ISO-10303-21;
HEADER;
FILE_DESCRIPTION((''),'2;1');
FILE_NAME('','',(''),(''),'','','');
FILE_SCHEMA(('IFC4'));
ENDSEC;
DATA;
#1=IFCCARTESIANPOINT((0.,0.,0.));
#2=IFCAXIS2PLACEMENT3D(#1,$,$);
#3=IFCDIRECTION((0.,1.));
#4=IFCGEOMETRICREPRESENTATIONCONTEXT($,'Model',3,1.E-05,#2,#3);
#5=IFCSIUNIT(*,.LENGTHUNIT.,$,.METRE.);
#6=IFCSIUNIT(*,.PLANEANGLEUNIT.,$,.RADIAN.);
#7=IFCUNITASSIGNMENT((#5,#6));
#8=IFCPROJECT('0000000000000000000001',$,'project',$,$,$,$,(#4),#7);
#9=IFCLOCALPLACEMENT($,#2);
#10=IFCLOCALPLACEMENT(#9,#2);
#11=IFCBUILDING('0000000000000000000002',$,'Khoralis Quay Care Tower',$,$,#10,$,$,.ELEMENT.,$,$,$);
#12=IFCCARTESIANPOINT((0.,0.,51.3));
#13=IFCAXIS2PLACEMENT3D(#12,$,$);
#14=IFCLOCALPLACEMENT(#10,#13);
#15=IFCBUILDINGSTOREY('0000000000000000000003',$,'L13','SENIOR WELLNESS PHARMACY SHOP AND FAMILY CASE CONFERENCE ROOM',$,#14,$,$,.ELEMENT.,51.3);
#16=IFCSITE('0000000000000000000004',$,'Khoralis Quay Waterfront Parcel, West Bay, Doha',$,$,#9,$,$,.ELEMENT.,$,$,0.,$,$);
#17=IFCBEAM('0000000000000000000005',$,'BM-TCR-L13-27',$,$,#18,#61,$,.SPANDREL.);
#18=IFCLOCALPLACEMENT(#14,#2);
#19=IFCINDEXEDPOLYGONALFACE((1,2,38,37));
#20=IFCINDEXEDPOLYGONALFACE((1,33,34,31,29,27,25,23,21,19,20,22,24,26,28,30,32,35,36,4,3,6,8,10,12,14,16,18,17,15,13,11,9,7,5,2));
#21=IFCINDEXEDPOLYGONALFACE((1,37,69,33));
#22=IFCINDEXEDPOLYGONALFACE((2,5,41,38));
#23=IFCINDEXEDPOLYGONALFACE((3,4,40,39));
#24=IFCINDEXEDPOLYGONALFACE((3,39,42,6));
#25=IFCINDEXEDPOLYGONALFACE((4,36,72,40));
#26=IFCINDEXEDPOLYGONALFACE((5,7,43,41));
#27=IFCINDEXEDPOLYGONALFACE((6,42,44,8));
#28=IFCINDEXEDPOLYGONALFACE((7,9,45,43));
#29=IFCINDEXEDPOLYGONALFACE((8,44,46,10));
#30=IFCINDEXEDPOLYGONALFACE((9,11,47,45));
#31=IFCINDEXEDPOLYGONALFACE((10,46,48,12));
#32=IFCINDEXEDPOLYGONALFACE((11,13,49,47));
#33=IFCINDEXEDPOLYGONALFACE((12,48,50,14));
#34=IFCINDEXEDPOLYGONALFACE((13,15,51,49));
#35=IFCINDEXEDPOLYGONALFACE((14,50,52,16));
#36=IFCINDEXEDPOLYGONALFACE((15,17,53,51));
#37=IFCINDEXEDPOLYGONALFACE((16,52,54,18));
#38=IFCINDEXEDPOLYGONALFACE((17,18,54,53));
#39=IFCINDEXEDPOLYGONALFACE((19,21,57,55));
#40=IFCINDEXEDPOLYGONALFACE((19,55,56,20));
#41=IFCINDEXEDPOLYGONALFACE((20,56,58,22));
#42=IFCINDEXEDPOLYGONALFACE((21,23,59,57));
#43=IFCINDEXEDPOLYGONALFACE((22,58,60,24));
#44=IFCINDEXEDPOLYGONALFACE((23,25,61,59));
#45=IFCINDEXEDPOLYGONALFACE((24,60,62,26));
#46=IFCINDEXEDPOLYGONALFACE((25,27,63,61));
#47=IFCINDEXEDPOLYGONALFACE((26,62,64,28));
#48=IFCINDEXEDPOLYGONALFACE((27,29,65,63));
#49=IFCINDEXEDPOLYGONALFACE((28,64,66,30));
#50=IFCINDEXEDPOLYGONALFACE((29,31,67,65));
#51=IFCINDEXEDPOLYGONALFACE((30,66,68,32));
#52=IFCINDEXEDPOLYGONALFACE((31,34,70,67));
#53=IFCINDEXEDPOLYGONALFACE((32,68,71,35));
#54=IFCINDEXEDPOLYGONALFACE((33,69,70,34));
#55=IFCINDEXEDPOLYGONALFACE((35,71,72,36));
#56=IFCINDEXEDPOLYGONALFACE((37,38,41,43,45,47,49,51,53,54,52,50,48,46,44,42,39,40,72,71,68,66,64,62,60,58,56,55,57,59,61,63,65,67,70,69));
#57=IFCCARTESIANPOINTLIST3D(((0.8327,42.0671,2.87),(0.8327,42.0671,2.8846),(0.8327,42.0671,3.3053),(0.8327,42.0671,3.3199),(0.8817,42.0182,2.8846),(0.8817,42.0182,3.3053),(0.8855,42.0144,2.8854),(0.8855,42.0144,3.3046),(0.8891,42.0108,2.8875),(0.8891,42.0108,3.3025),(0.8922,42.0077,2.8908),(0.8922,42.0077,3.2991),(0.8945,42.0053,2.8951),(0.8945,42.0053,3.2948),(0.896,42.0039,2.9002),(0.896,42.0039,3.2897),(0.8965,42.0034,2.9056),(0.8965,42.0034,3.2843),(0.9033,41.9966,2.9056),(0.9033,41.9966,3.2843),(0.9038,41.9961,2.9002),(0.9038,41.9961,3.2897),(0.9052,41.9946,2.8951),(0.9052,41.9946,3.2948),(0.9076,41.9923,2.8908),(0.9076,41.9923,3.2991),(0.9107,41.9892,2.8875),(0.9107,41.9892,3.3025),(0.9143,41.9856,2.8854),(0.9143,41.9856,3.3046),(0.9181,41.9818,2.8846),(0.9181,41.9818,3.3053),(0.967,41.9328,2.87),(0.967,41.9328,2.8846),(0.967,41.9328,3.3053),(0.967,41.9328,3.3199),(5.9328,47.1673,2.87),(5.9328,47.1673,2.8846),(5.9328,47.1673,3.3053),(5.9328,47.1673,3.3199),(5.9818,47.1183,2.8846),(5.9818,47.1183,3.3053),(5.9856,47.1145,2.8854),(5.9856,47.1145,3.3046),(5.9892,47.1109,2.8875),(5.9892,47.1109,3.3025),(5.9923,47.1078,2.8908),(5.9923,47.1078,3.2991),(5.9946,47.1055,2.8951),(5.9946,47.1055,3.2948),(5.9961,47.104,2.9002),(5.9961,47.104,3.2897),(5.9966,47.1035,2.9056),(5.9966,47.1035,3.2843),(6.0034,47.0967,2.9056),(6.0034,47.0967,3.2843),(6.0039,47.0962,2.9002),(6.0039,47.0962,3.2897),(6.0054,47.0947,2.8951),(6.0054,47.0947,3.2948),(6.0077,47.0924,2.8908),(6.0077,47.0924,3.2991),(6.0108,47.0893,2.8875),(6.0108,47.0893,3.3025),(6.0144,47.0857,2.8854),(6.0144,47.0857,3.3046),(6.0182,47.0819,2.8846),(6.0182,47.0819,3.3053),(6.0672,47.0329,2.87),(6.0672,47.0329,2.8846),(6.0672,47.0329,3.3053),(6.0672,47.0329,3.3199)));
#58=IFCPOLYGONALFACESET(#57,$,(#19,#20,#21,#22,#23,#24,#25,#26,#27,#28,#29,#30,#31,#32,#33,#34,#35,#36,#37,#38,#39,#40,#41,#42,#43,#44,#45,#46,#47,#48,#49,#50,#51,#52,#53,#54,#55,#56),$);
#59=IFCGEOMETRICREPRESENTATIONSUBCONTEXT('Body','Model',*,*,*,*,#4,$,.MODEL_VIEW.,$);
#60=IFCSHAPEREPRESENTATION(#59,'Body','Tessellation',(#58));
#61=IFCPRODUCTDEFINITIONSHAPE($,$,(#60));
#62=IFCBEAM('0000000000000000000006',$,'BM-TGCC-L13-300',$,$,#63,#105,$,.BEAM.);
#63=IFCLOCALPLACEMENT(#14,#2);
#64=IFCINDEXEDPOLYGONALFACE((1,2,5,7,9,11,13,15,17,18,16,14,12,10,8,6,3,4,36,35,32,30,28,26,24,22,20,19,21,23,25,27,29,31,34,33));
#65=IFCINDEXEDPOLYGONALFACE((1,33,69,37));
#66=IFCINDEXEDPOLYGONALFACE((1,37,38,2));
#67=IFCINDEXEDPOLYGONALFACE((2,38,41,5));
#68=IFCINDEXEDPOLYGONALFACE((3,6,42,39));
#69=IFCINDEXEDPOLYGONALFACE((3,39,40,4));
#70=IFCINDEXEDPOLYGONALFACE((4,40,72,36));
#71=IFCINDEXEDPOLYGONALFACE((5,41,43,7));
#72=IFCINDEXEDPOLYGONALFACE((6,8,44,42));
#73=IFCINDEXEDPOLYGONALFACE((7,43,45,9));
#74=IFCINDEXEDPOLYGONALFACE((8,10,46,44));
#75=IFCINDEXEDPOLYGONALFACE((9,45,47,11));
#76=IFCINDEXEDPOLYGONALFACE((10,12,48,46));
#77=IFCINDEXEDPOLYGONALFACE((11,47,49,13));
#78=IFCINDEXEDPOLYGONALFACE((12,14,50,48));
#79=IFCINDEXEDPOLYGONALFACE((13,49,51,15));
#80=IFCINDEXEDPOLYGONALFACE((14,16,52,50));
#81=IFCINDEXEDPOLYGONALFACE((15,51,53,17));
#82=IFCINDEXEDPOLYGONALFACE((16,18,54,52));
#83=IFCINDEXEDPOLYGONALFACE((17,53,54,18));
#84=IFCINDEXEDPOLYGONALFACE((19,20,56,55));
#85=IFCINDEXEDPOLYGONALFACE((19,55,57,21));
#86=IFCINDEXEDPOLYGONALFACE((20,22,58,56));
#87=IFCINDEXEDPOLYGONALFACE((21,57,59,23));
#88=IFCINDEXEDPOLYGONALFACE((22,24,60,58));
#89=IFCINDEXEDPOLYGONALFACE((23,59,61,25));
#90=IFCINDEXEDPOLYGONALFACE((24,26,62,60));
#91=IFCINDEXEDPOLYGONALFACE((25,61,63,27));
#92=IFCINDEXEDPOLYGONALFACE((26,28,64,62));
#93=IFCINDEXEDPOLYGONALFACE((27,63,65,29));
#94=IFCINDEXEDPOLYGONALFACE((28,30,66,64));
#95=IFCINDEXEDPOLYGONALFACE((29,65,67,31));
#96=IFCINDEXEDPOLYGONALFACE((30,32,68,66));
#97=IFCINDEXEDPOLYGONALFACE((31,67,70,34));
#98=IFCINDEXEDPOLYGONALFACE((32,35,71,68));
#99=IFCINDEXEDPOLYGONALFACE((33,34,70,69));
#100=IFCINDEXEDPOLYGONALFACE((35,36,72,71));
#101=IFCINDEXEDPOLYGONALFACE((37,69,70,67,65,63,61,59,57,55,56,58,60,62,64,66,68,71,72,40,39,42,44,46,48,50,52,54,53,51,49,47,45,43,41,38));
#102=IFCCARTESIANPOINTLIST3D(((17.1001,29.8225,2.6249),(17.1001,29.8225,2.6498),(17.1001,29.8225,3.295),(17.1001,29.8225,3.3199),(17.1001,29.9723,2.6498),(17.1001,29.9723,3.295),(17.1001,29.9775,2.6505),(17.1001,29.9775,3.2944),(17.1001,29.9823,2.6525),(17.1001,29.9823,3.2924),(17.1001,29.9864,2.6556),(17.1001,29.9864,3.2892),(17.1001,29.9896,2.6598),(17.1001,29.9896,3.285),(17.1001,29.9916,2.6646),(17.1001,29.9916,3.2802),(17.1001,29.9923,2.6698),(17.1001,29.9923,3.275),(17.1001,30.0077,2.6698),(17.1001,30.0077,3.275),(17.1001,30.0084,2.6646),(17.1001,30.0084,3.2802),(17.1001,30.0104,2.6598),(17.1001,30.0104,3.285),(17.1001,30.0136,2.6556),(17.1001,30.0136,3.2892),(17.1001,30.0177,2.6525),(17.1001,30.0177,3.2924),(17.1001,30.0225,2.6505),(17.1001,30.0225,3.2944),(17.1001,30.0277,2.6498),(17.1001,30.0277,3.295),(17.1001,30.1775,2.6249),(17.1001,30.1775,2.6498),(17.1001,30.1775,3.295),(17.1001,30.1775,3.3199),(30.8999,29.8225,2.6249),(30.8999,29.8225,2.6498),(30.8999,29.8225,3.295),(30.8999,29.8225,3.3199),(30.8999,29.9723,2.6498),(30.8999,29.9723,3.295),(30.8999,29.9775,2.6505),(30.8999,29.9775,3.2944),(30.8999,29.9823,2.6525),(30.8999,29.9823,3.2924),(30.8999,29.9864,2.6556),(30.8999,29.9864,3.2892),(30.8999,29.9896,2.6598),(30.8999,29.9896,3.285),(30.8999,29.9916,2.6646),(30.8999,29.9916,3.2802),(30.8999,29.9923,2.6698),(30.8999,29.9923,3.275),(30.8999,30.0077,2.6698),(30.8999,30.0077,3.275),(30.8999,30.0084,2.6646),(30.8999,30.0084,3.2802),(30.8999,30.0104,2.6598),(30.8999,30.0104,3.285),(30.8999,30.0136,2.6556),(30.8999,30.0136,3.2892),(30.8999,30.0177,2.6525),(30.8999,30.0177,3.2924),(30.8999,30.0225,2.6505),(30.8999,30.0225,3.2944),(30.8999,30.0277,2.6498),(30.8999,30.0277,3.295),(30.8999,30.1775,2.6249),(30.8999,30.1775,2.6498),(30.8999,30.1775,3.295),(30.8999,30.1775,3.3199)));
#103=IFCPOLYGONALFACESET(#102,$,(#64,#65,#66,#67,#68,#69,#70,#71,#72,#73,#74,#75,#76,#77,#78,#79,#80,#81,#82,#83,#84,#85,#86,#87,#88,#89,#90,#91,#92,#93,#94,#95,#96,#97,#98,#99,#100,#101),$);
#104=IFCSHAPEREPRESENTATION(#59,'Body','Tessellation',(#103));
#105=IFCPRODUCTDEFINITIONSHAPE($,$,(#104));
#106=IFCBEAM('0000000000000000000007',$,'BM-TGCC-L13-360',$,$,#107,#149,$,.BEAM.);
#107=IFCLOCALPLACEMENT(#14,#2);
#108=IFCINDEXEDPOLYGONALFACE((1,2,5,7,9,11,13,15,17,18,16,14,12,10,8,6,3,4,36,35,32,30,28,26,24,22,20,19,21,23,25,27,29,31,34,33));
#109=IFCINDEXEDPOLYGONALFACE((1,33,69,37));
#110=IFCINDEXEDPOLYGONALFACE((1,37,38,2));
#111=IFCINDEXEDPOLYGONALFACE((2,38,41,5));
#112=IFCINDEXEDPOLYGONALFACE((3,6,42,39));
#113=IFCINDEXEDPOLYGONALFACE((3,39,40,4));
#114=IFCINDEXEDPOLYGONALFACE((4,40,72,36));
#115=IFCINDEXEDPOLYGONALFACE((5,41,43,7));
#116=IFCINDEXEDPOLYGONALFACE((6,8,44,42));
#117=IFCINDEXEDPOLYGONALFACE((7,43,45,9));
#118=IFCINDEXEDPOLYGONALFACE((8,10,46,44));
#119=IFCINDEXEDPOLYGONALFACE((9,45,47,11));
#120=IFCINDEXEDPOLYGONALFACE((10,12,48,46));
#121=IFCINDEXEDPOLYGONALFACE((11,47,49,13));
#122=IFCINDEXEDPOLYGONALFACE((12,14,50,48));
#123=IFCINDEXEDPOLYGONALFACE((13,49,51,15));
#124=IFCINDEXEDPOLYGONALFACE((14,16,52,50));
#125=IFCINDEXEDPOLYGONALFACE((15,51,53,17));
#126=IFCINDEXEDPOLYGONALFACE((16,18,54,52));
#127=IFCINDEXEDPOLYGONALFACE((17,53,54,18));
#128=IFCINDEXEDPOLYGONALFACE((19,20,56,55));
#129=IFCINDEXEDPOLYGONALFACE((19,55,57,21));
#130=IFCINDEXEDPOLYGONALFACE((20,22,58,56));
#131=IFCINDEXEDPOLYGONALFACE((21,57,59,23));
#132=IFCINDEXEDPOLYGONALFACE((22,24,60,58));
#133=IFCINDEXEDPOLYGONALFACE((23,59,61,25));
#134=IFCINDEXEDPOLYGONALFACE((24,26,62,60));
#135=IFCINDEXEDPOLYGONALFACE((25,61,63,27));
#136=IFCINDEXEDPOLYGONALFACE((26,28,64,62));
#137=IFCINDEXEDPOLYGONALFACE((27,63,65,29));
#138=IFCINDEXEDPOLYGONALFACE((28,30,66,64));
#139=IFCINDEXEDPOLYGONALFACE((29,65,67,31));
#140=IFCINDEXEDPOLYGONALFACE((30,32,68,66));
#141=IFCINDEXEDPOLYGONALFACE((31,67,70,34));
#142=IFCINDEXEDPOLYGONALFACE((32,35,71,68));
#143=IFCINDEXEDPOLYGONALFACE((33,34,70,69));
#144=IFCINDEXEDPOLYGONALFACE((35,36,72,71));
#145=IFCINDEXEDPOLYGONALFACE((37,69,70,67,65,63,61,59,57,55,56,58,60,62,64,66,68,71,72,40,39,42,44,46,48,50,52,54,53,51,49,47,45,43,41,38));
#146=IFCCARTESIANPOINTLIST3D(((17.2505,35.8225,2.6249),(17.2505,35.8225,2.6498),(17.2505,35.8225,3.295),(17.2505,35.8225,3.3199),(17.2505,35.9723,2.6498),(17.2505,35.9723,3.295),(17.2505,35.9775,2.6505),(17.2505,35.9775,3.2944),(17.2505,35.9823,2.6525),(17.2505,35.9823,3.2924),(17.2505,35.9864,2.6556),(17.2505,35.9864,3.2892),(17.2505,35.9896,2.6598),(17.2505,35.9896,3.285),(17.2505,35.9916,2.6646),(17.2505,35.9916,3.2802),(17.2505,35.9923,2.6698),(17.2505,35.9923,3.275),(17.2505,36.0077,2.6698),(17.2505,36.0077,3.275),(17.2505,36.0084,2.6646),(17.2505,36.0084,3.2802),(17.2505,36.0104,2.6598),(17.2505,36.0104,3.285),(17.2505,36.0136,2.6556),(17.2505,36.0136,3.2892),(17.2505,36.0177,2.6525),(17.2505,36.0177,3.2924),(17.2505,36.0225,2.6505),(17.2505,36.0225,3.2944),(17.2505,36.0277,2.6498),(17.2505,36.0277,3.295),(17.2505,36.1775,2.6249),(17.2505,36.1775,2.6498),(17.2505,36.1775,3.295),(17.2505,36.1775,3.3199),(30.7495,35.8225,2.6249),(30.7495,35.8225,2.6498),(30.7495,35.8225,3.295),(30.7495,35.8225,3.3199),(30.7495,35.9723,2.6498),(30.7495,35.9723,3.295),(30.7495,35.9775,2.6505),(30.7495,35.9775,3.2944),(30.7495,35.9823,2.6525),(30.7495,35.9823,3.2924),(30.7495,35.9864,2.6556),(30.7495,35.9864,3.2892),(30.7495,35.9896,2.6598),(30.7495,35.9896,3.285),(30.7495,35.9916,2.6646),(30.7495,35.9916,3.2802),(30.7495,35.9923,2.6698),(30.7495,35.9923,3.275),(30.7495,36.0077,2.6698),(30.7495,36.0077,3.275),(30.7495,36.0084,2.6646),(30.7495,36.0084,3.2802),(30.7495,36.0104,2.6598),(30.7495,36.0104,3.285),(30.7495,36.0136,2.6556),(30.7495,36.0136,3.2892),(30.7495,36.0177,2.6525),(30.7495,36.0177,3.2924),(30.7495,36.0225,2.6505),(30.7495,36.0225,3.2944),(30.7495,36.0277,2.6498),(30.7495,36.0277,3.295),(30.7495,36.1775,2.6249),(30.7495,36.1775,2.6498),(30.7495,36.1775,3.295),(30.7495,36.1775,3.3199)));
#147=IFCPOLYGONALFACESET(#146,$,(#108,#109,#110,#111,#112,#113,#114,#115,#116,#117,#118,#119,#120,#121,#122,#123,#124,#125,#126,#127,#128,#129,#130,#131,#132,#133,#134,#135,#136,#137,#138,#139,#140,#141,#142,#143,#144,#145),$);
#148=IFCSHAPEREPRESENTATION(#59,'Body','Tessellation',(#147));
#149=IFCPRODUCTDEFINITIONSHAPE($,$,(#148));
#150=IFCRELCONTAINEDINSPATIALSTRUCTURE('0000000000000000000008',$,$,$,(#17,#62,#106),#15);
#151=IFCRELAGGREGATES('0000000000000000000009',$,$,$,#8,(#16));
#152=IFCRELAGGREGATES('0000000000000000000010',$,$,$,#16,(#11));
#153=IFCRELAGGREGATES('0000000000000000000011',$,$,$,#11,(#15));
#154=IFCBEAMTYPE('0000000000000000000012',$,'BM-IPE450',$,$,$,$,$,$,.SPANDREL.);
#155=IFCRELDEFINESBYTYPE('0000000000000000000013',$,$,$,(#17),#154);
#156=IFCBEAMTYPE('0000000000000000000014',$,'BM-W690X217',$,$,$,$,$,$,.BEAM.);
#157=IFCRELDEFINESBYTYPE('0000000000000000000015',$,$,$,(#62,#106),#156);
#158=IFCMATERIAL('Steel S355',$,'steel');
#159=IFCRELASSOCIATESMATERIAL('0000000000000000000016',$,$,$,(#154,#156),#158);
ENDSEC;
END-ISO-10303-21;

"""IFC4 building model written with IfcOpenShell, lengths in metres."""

from ifc_helpers import new_model, si_unit, direction, frame, origin, origin_2d, place, context, subcontext, project, spatial, i_section, extrude, source, transform, mapped, material, material_profile, profile_set, type_object, element, save


model = new_model("IFC4")

# Units and contexts
model_context = context("Model", 3, precision=1e-05, world=origin(), true_north=direction((0.0, 1.0)))
body_context = subcontext(model_context, "Body", "Model", "MODEL_VIEW")
ifc_project = project(units=[si_unit("LENGTHUNIT", "METRE"), si_unit("PLANEANGLEUNIT", "RADIAN")], contexts=[model_context])

# Site, building, storey
site_placement = place(None, origin())
site = spatial("IfcSite", under=ifc_project, at=site_placement, Name="Khoralis Quay Waterfront Parcel, West Bay, Doha", CompositionType="ELEMENT", RefElevation=0.0)
building_placement = place(site_placement, origin())
building = spatial("IfcBuilding", under=site, at=building_placement, Name="Khoralis Quay Care Tower", CompositionType="ELEMENT")
storey_placement = place(building_placement, frame((0.0, 0.0, 51.3)))
storey = spatial("IfcBuildingStorey", under=building, at=storey_placement, Name="L13", Description="SENIOR WELLNESS PHARMACY SHOP AND FAMILY CASE CONFERENCE ROOM", CompositionType="ELEMENT", Elevation=51.3)

# Beams
ifc_material_1 = material(Name="Steel S355", Category="steel")
ifc_material_profile_1 = material_profile(ifc_material_1, i_section(OverallWidth=0.1899, OverallDepth=0.45, WebThickness=0.0095, FlangeThickness=0.0146, FilletRadius=0.021, at=origin_2d()), Name="Steel S355")
ifc_profile_set_1 = profile_set([ifc_material_profile_1], Name="Steel S355")
beam_type_1 = type_object("IfcBeamType", Name="BM-IPE450", PredefinedType="SPANDREL", material=ifc_profile_set_1)
shared_shape_1 = source(origin(), body_context, "Body", "SweptSolid", [
    extrude(i_section(OverallWidth=0.1899, OverallDepth=0.45, WebThickness=0.0095, FlangeThickness=0.0146, FilletRadius=0.021, at=origin_2d()), origin(), (0.0, 0.0, 1.0), 7.2126),
])
beam_1_placement = place(storey_placement, frame((6.0, 47.1001, 3.095), z_axis=(-0.707107, -0.707107, 0.0), x_axis=(0.707107, -0.707107, 0.0)))
element("IfcBeam", 1, at=beam_1_placement, inside=storey, type_object=beam_type_1, Name="BM-TCR-L13-27", PredefinedType="SPANDREL", context=body_context, shape_type="MappedRepresentation", body=[
    mapped(shared_shape_1, transform((0.0, 0.0, 0.0), scale=1.0)),
])
ifc_material_profile_2 = material_profile(ifc_material_1, i_section(OverallWidth=0.355, OverallDepth=0.6951, WebThickness=0.0154, FlangeThickness=0.0249, FilletRadius=0.02, at=origin_2d()), Name="Steel S355")
ifc_profile_set_2 = profile_set([ifc_material_profile_2], Name="Steel S355")
beam_type_2 = type_object("IfcBeamType", Name="BM-W690X217", PredefinedType="BEAM", material=ifc_profile_set_2)
shared_shape_2 = source(origin(), body_context, "Body", "SweptSolid", [
    extrude(i_section(OverallWidth=0.355, OverallDepth=0.6951, WebThickness=0.0154, FlangeThickness=0.0249, FilletRadius=0.02, at=origin_2d()), origin(), (0.0, 0.0, 1.0), 13.7998),
])
beam_2_placement = place(storey_placement, frame((17.1001, 30.0, 2.9724), z_axis=(1.0, 0.0, 0.0), x_axis=(0.0, 1.0, 0.0)))
element("IfcBeam", 2, at=beam_2_placement, inside=storey, type_object=beam_type_2, Name="BM-TGCC-L13-300", PredefinedType="BEAM", context=body_context, shape_type="MappedRepresentation", body=[
    mapped(shared_shape_2, transform((0.0, 0.0, 0.0), scale=1.0)),
])
shared_shape_3 = source(origin(), body_context, "Body", "SweptSolid", [
    extrude(i_section(OverallWidth=0.355, OverallDepth=0.6951, WebThickness=0.0154, FlangeThickness=0.0249, FilletRadius=0.02, at=origin_2d()), origin(), (0.0, 0.0, 1.0), 13.499),
])
beam_3_placement = place(storey_placement, frame((17.2505, 36.0, 2.9724), z_axis=(1.0, 0.0, 0.0), x_axis=(0.0, 1.0, 0.0)))
element("IfcBeam", 3, at=beam_3_placement, inside=storey, type_object=beam_type_2, Name="BM-TGCC-L13-360", PredefinedType="BEAM", context=body_context, shape_type="MappedRepresentation", body=[
    mapped(shared_shape_3, transform((0.0, 0.0, 0.0), scale=1.0)),
])

save(model, "model.ifc")
